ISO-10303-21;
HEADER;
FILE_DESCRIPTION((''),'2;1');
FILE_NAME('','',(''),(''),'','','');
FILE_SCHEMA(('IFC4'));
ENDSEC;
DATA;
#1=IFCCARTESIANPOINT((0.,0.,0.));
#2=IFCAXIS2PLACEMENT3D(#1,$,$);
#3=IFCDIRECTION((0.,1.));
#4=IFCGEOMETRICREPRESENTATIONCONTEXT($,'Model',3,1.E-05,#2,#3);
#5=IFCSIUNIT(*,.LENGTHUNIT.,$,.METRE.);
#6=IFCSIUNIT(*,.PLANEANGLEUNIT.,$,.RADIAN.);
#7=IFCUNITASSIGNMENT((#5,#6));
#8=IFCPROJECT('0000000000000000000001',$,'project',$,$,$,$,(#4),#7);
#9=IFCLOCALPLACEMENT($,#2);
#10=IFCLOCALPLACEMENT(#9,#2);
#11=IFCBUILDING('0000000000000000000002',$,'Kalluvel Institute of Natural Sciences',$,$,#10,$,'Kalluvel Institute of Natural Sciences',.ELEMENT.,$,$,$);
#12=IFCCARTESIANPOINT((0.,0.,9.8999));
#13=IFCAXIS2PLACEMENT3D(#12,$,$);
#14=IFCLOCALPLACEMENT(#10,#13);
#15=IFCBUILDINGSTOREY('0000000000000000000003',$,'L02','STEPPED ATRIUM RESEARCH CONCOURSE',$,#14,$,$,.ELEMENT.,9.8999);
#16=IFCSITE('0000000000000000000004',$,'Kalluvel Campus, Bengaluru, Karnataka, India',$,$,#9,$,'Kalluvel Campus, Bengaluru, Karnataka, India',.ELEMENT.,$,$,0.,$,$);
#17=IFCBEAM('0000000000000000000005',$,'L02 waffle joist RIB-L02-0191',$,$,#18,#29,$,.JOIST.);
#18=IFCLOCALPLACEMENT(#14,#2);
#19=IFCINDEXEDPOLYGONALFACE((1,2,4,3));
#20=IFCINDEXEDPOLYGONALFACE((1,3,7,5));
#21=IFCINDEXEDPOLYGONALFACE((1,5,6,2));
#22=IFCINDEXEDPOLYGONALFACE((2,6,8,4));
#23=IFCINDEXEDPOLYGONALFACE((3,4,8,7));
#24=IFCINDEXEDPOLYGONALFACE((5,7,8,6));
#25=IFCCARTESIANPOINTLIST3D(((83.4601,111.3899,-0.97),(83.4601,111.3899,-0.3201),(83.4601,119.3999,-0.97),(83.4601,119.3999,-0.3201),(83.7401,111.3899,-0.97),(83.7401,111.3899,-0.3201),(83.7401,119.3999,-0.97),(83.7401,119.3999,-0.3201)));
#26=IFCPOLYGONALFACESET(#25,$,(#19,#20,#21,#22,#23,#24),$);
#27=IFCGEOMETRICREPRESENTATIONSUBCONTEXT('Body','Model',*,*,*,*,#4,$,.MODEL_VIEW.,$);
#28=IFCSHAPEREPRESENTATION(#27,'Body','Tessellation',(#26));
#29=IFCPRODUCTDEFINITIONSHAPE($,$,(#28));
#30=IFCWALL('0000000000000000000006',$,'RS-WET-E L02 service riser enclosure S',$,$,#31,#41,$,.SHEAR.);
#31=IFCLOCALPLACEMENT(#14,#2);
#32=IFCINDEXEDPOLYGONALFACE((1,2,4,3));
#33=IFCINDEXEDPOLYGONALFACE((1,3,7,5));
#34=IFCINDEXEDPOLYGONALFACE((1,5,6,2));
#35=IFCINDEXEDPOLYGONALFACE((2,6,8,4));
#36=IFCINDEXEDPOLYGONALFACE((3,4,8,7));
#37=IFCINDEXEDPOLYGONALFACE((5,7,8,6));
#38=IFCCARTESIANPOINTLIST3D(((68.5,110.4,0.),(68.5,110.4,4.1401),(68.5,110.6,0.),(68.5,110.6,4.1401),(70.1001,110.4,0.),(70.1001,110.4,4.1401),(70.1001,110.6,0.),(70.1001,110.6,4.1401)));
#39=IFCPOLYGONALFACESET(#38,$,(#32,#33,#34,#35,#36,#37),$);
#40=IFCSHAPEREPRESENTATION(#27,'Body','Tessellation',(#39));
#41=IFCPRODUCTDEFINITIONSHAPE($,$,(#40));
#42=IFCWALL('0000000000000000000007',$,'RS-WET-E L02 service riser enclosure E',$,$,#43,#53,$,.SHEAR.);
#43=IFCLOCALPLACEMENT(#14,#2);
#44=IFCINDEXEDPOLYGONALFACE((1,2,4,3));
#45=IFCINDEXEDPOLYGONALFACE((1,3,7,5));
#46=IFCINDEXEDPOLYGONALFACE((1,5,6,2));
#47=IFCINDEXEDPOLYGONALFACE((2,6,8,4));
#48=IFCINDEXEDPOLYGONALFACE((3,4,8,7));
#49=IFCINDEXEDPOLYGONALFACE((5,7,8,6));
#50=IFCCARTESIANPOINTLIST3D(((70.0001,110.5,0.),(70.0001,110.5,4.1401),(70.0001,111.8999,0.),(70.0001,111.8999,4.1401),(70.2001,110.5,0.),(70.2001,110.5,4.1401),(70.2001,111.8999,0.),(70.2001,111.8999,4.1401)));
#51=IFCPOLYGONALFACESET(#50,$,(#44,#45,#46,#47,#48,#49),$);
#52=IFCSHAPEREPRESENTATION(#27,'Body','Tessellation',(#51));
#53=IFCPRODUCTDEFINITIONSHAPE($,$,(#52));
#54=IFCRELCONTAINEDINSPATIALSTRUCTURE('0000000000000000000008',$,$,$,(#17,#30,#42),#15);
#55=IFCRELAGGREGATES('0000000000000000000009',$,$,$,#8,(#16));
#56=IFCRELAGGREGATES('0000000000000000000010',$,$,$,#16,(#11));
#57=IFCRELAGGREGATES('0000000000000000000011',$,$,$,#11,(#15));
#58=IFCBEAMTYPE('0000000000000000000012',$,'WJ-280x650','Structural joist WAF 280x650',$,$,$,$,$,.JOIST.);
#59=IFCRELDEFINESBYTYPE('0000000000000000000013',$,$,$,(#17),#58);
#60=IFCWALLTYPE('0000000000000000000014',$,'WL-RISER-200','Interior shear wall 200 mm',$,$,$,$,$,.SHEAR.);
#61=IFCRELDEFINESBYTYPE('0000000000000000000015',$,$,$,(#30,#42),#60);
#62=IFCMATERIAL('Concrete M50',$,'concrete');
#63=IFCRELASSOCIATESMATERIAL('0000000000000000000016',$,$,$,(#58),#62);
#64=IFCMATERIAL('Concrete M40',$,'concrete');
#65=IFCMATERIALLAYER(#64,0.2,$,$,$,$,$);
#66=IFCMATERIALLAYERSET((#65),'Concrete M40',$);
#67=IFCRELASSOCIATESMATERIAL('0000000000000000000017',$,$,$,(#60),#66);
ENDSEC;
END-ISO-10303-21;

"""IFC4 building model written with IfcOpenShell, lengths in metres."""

from ifc_helpers import new_model, si_unit, direction, frame, frame_2d, origin, origin_2d, place, context, subcontext, project, spatial, rectangle, extrude, material, layer, layer_set, material_profile, profile_set, type_object, element, save


model = new_model("IFC4")

# Units and contexts
model_context = context("Model", 3, precision=1e-05, world=origin(), true_north=direction((0.0, 1.0)))
body_context = subcontext(model_context, "Body", "Model", "MODEL_VIEW")
ifc_project = project(units=[si_unit("LENGTHUNIT", "METRE"), si_unit("PLANEANGLEUNIT", "RADIAN")], contexts=[model_context])

# Site, building, storey
site_placement = place(None, origin())
site = spatial("IfcSite", under=ifc_project, at=site_placement, Name="Kalluvel Campus, Bengaluru, Karnataka, India", LongName="Kalluvel Campus, Bengaluru, Karnataka, India", CompositionType="ELEMENT", RefElevation=0.0)
building_placement = place(site_placement, origin())
building = spatial("IfcBuilding", under=site, at=building_placement, Name="Kalluvel Institute of Natural Sciences", LongName="Kalluvel Institute of Natural Sciences", CompositionType="ELEMENT")
storey_placement = place(building_placement, frame((0.0, 0.0, 9.8999)))
storey = spatial("IfcBuildingStorey", under=building, at=storey_placement, Name="L02", Description="STEPPED ATRIUM RESEARCH CONCOURSE", CompositionType="ELEMENT", Elevation=9.8999)

# Shared definitions
ifc_material_1 = material(Name="Concrete M50", Category="concrete")

# Shared definitions
ifc_material_2 = material(Name="Concrete M40", Category="concrete")

# Beam
ifc_material_profile_1 = material_profile(ifc_material_1, rectangle(XDim=0.28, YDim=0.6499, at=origin_2d()), Name="WAF 280x650")
ifc_profile_set_1 = profile_set([ifc_material_profile_1], Name="Concrete M50")
beam_type_1 = type_object("IfcBeamType", Name="WJ-280x650", Description="Structural joist WAF 280x650", PredefinedType="JOIST", material=ifc_profile_set_1)
beam_1_placement = place(storey_placement, frame((83.6001, 111.3899, -0.645), z_axis=(0.0, 1.0, 0.0), x_axis=(-1.0, 0.0, 0.0)))
element("IfcBeam", 1, at=beam_1_placement, inside=storey, type_object=beam_type_1, Name="L02 waffle joist RIB-L02-0191", PredefinedType="JOIST", context=body_context, shape_type="SweptSolid", body=[
    extrude(rectangle(XDim=0.28, YDim=0.6499, at=origin_2d()), origin(), (0.0, 0.0, 1.0), 8.01),
])

# Walls
ifc_layer = layer(ifc_material_2, 0.2)
ifc_layer_set = layer_set([ifc_layer], Name="Concrete M40")
wall_type = type_object("IfcWallType", Name="WL-RISER-200", Description="Interior shear wall 200 mm", PredefinedType="SHEAR", material=ifc_layer_set)
wall_1_placement = place(storey_placement, frame((68.5, 110.5, 0.0), z_axis=(0.0, 0.0, 1.0), x_axis=(1.0, 0.0, 0.0)))
element("IfcWall", 2, at=wall_1_placement, inside=storey, type_object=wall_type, Name="RS-WET-E L02 service riser enclosure S", PredefinedType="SHEAR", context=body_context, shape_type="SweptSolid", body=[
    extrude(rectangle(XDim=1.6001, YDim=0.2, at=frame_2d((0.8, 0.0))), origin(), (0.0, 0.0, 1.0), 4.1401),
])
wall_2_placement = place(storey_placement, frame((70.1001, 110.5, 0.0), z_axis=(0.0, 0.0, 1.0), x_axis=(0.0, 1.0, 0.0)))
element("IfcWall", 3, at=wall_2_placement, inside=storey, type_object=wall_type, Name="RS-WET-E L02 service riser enclosure E", PredefinedType="SHEAR", context=body_context, shape_type="SweptSolid", body=[
    extrude(rectangle(XDim=1.3999, YDim=0.2, at=frame_2d((0.7, 0.0))), origin(), (0.0, 0.0, 1.0), 4.1401),
])

save(model, "model.ifc")
